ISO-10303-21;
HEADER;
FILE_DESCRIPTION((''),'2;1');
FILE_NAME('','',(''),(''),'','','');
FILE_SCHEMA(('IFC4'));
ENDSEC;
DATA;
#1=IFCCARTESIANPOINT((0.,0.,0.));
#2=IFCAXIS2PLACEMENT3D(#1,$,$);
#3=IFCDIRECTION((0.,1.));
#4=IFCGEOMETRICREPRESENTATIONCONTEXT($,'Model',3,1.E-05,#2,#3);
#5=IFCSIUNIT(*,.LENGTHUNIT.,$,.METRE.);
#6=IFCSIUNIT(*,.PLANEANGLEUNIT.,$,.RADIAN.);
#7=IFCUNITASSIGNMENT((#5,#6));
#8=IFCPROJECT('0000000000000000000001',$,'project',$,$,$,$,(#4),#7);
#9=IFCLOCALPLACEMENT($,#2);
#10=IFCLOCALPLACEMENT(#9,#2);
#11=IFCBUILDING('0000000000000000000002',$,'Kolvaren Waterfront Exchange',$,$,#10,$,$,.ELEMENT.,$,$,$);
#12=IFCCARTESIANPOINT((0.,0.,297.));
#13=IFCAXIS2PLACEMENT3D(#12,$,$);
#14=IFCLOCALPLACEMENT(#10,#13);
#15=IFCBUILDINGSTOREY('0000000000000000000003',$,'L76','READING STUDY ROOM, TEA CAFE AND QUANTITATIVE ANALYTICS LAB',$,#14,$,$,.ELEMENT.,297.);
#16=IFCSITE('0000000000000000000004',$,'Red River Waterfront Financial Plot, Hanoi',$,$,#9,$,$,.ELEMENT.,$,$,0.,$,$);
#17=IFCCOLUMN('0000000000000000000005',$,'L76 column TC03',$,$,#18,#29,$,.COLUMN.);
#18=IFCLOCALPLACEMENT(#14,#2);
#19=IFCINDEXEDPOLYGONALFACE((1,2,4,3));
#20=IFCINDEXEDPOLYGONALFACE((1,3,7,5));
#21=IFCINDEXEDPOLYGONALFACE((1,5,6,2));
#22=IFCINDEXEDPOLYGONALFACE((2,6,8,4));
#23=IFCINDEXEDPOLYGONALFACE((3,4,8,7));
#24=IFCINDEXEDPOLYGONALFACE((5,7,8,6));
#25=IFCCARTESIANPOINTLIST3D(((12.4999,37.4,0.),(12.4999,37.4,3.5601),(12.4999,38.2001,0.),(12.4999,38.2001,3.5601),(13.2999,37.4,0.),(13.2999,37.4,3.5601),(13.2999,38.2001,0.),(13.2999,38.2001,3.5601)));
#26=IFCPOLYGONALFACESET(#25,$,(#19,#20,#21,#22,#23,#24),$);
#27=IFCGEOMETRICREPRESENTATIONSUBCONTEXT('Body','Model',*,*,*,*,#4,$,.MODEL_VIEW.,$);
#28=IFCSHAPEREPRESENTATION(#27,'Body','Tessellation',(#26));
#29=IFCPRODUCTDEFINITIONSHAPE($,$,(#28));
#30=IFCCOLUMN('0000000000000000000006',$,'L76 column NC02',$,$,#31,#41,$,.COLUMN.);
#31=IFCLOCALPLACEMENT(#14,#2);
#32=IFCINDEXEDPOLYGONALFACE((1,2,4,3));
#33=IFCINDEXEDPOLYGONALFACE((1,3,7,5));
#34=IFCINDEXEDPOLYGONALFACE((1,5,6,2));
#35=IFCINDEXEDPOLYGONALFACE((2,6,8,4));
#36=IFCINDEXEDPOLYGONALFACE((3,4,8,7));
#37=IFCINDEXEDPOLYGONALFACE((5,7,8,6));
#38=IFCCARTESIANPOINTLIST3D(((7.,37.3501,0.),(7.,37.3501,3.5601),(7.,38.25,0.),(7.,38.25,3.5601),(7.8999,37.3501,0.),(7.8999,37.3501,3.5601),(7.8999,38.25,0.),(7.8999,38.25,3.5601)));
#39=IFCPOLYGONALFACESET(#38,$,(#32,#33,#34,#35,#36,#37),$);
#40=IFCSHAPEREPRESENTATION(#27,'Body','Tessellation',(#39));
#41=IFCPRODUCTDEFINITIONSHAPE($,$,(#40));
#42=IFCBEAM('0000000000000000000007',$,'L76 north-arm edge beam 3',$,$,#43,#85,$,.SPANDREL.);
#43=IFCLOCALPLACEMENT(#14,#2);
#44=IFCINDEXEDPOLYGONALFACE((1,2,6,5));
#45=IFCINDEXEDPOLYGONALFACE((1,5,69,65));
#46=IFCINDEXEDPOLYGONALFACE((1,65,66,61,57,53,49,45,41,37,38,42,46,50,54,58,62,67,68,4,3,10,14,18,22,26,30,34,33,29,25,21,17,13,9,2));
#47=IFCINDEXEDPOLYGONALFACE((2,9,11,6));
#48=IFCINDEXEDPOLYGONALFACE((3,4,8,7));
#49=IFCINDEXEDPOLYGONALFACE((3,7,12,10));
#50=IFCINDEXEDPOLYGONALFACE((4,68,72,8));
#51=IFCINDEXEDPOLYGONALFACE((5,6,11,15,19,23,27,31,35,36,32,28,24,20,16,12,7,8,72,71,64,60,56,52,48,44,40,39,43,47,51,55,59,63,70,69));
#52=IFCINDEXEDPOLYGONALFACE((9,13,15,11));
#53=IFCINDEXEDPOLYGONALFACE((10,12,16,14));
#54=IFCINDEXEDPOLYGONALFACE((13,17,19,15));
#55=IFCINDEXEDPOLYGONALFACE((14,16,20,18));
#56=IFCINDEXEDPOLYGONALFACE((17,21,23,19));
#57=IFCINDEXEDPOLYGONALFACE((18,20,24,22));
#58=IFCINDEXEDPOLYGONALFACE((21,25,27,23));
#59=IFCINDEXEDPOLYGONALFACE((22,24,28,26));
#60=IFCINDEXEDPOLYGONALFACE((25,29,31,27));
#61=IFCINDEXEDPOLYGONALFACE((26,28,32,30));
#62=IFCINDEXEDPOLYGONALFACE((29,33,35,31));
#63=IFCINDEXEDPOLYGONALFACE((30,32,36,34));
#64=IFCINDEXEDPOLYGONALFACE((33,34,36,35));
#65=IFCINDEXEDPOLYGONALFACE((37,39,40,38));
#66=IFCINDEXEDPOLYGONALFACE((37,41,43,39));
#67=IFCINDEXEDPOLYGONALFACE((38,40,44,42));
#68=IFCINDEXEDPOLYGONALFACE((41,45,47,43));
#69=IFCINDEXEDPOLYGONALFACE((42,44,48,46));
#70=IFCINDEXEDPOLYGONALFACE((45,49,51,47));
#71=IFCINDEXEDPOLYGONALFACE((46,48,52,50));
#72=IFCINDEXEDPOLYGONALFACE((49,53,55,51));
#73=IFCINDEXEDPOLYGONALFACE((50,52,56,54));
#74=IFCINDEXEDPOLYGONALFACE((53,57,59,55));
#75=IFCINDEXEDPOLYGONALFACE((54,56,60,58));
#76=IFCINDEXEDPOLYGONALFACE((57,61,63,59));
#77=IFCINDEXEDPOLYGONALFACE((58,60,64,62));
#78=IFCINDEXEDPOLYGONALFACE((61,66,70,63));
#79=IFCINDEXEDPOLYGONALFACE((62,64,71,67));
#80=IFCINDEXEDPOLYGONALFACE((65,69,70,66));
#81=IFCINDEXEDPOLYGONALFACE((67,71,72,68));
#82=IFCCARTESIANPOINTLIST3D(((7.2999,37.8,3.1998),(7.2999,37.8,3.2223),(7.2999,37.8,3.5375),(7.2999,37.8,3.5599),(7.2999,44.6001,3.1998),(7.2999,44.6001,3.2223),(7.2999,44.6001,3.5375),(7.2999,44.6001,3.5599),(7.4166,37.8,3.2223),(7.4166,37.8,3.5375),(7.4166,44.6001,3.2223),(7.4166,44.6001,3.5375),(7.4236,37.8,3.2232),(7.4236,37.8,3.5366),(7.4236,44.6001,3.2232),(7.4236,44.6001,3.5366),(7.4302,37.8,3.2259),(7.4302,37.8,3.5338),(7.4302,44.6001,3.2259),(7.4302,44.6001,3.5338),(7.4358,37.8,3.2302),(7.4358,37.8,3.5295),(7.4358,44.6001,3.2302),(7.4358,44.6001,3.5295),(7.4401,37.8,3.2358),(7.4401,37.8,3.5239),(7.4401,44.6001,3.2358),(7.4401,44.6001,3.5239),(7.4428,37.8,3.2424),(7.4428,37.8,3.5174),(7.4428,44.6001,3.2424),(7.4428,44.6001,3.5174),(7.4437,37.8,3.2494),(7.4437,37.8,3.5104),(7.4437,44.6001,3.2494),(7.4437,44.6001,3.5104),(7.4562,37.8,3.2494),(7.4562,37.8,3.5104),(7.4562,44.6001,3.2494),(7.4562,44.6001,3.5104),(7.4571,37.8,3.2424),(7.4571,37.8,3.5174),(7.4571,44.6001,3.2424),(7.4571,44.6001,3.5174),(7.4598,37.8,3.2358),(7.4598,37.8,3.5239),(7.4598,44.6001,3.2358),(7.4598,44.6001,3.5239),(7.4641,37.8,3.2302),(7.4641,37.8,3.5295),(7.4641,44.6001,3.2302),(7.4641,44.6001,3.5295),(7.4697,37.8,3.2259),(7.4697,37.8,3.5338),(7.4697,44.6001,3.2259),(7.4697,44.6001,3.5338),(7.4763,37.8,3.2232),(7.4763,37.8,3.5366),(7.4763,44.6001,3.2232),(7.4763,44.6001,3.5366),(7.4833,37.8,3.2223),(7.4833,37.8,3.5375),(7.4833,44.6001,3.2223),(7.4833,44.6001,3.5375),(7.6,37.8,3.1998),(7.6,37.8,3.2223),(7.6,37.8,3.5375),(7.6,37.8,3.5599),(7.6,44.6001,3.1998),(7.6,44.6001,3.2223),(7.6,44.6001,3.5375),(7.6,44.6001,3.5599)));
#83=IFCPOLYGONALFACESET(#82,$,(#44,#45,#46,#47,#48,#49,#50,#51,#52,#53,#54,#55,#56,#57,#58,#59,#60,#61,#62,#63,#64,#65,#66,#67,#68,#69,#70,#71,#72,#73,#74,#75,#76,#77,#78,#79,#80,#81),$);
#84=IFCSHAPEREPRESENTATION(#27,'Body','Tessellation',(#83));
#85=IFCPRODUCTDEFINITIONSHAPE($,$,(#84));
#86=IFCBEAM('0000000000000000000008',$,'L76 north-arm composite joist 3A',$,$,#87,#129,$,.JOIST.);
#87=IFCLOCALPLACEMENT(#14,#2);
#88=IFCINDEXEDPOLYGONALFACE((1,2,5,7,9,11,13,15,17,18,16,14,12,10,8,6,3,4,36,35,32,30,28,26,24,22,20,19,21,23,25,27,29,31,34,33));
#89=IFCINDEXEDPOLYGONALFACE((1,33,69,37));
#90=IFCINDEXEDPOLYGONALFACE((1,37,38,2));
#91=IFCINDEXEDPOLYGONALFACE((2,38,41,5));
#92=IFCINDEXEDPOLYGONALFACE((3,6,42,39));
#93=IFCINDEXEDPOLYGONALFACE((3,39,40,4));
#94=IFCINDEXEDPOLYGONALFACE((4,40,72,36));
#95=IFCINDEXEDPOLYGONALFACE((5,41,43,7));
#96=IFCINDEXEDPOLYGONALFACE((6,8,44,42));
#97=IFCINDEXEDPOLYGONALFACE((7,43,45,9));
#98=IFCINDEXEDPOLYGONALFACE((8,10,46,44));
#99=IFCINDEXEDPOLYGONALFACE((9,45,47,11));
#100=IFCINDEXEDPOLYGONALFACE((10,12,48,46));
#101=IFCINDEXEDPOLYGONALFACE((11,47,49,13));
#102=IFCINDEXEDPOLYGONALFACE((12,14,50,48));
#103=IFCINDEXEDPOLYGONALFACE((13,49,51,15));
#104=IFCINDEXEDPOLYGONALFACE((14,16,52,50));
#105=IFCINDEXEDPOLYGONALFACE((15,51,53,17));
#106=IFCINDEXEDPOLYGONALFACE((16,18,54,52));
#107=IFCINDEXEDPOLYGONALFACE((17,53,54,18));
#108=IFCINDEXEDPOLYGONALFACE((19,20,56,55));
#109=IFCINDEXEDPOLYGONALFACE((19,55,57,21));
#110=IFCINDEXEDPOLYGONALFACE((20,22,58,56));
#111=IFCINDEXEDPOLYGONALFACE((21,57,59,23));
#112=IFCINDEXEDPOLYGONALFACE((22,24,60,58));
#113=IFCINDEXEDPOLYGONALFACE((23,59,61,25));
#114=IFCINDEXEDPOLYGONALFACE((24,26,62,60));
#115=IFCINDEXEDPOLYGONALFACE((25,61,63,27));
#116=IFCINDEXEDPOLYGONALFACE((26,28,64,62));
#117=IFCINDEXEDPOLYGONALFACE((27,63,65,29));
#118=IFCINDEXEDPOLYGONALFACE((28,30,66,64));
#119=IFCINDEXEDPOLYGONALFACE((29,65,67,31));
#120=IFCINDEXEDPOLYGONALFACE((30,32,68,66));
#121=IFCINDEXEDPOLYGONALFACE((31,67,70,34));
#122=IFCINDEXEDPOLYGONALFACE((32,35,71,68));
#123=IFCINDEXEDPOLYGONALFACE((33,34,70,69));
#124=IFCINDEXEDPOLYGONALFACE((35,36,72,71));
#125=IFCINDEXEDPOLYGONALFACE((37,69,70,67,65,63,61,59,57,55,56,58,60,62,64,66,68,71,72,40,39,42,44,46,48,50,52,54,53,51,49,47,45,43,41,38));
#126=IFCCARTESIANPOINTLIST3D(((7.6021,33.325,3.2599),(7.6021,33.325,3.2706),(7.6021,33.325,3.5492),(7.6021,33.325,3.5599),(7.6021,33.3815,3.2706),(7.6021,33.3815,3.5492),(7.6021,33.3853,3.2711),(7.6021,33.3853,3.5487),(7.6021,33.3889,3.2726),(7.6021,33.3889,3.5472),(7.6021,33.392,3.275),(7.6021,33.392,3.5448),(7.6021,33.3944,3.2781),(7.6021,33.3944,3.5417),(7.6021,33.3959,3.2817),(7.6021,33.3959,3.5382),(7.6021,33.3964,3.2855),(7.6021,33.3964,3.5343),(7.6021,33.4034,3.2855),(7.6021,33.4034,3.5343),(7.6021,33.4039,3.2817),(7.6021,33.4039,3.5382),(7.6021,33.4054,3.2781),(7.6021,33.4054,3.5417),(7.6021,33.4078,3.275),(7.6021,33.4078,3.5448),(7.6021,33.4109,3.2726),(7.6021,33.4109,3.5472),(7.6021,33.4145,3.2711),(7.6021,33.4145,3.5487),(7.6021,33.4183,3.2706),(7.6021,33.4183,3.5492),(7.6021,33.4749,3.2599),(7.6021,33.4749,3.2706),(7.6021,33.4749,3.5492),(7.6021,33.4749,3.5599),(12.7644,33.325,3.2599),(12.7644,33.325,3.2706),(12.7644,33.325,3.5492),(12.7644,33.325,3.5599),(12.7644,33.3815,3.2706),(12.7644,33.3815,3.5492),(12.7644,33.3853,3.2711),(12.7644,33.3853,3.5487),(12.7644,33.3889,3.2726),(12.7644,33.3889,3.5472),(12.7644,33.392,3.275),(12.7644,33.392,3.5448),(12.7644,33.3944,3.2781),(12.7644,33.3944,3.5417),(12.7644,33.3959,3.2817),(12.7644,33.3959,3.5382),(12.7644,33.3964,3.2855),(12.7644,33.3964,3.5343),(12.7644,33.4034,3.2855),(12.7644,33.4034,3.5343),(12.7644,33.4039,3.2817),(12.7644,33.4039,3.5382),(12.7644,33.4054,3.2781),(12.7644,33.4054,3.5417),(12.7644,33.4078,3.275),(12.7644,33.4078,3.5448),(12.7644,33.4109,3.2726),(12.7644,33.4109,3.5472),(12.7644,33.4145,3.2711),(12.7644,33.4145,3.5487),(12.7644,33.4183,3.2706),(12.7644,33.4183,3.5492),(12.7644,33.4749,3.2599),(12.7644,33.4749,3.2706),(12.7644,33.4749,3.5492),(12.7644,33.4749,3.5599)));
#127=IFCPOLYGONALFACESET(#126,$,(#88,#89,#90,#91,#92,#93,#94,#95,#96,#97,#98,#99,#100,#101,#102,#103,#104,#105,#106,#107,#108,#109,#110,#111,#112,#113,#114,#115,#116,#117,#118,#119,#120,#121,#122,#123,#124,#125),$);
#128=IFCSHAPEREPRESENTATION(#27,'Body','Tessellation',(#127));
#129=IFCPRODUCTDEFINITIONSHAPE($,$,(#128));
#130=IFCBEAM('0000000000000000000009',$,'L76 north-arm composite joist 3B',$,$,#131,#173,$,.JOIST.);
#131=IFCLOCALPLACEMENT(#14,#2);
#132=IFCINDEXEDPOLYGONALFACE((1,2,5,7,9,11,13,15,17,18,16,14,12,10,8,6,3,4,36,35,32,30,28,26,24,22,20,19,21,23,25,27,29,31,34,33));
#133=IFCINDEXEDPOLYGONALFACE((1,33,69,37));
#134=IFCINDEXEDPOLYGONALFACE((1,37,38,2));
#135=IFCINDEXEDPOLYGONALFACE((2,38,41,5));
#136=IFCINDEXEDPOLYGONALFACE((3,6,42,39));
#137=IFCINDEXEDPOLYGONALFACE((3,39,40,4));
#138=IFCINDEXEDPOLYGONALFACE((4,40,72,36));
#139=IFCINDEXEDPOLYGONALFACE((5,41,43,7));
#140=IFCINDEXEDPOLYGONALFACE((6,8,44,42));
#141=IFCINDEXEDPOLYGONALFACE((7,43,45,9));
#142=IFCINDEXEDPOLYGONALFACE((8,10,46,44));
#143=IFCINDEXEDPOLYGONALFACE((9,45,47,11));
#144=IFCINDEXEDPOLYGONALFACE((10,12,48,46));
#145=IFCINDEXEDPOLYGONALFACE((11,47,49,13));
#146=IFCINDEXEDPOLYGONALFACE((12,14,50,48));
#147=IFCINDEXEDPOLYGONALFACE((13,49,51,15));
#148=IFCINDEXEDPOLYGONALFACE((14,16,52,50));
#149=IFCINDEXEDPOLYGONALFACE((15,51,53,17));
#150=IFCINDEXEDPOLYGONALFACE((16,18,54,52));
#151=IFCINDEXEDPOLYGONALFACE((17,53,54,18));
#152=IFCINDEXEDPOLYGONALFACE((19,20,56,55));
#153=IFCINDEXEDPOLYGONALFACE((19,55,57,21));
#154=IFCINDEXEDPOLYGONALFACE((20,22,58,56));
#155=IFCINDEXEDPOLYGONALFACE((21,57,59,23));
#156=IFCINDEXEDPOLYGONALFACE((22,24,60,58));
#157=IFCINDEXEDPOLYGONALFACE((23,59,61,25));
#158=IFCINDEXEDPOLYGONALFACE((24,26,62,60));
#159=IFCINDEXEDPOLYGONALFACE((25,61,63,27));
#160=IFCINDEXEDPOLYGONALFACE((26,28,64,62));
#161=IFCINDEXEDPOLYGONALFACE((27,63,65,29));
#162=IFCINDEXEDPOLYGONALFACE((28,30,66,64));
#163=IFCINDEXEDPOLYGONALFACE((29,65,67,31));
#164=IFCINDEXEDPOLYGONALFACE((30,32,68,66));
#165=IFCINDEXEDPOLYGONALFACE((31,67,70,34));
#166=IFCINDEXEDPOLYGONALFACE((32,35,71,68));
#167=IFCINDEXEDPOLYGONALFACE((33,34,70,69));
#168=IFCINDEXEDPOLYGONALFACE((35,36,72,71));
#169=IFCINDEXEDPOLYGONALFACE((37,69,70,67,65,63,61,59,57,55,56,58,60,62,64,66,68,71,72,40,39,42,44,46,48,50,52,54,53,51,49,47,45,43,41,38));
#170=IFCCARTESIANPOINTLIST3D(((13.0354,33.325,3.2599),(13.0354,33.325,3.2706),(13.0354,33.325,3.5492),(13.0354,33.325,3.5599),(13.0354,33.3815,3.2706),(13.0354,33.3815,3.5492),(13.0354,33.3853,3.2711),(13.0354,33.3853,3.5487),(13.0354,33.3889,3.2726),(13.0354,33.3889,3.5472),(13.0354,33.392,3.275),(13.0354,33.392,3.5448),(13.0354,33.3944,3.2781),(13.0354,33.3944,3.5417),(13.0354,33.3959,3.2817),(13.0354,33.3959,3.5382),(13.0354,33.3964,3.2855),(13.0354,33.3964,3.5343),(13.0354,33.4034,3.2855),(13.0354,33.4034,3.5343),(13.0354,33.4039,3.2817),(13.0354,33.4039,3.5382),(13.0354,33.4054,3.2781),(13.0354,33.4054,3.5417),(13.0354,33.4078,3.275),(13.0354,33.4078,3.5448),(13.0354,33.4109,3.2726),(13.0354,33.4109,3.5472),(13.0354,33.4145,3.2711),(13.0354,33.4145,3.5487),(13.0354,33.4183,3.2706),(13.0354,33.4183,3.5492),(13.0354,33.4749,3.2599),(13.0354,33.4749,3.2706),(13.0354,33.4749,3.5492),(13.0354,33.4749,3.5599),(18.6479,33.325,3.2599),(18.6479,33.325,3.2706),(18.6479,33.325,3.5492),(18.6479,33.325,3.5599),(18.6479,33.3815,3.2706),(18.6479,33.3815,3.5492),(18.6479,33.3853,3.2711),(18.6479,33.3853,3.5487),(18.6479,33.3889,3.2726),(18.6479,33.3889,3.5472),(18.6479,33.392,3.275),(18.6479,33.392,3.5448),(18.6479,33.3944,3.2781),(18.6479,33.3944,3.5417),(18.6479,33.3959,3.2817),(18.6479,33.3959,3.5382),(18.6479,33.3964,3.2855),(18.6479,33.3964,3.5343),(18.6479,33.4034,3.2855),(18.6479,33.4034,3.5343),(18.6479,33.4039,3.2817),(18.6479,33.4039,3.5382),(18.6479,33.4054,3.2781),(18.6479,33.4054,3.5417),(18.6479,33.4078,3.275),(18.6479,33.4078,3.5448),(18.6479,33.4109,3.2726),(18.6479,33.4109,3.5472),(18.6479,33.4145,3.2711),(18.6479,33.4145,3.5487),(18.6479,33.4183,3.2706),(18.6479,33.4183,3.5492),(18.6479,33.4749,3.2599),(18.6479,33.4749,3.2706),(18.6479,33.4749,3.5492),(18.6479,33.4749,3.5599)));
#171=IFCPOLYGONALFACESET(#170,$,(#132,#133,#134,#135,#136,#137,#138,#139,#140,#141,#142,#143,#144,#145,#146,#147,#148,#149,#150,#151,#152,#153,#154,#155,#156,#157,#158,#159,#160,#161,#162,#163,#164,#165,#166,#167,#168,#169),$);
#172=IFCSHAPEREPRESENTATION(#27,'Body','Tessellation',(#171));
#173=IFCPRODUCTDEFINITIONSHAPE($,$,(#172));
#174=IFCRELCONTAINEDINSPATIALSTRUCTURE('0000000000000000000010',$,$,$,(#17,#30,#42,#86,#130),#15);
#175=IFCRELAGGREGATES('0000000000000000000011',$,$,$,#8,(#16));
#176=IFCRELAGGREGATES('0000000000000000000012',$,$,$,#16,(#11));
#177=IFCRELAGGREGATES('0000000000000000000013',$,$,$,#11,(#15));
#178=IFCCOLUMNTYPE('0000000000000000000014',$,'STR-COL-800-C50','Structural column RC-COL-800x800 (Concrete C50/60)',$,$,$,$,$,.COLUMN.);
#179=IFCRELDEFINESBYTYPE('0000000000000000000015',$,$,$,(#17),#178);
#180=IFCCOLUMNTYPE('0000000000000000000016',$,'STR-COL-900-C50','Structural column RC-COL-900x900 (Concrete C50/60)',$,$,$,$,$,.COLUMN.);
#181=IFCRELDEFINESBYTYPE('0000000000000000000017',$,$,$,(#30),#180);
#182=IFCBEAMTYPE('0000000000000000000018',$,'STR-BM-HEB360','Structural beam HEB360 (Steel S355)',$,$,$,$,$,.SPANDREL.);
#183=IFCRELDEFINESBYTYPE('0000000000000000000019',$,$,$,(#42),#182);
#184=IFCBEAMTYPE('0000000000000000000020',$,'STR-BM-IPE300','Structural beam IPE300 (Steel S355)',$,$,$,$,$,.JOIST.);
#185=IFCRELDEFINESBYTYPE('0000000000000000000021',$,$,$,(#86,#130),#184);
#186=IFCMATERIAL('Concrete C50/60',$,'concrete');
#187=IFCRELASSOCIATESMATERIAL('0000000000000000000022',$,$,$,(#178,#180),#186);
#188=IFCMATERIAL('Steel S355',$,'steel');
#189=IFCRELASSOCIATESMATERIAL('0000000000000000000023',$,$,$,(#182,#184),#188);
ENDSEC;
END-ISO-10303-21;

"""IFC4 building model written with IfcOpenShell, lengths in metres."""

from ifc_helpers import new_model, si_unit, direction, frame, origin, origin_2d, place, context, subcontext, project, spatial, rectangle, i_section, extrude, material, material_profile, profile_set, type_object, element, save


model = new_model("IFC4")

# Units and contexts
model_context = context("Model", 3, precision=1e-05, world=origin(), true_north=direction((0.0, 1.0)))
body_context = subcontext(model_context, "Body", "Model", "MODEL_VIEW")
ifc_project = project(units=[si_unit("LENGTHUNIT", "METRE"), si_unit("PLANEANGLEUNIT", "RADIAN")], contexts=[model_context])

# Site, building, storey
site_placement = place(None, origin())
site = spatial("IfcSite", under=ifc_project, at=site_placement, Name="Red River Waterfront Financial Plot, Hanoi", CompositionType="ELEMENT", RefElevation=0.0)
building_placement = place(site_placement, origin())
building = spatial("IfcBuilding", under=site, at=building_placement, Name="Kolvaren Waterfront Exchange", CompositionType="ELEMENT")
storey_placement = place(building_placement, frame((0.0, 0.0, 297.0)))
storey = spatial("IfcBuildingStorey", under=building, at=storey_placement, Name="L76", Description="READING STUDY ROOM, TEA CAFE AND QUANTITATIVE ANALYTICS LAB", CompositionType="ELEMENT", Elevation=297.0)

# Columns
ifc_material_1 = material(Name="Concrete C50/60", Category="concrete")
ifc_material_profile_1 = material_profile(ifc_material_1, rectangle(XDim=0.8, YDim=0.8, at=origin_2d()), Name="RC-COL-800x800")
ifc_profile_set_1 = profile_set([ifc_material_profile_1], Name="Concrete C50/60")
column_type_1 = type_object("IfcColumnType", Name="STR-COL-800-C50", Description="Structural column RC-COL-800x800 (Concrete C50/60)", PredefinedType="COLUMN", material=ifc_profile_set_1)
column_1_placement = place(storey_placement, frame((12.8999, 37.8, 0.0), z_axis=(0.0, 0.0, 1.0), x_axis=(1.0, 0.0, 0.0)))
element("IfcColumn", 1, at=column_1_placement, inside=storey, type_object=column_type_1, Name="L76 column TC03", PredefinedType="COLUMN", context=body_context, shape_type="SweptSolid", body=[
    extrude(rectangle(XDim=0.8, YDim=0.8, at=origin_2d()), origin(), (0.0, 0.0, 1.0), 3.5601),
])
ifc_material_profile_2 = material_profile(ifc_material_1, rectangle(XDim=0.8999, YDim=0.8999, at=origin_2d()), Name="RC-COL-900x900")
ifc_profile_set_2 = profile_set([ifc_material_profile_2], Name="Concrete C50/60")
column_type_2 = type_object("IfcColumnType", Name="STR-COL-900-C50", Description="Structural column RC-COL-900x900 (Concrete C50/60)", PredefinedType="COLUMN", material=ifc_profile_set_2)
column_2_placement = place(storey_placement, frame((7.45, 37.8, 0.0), z_axis=(0.0, 0.0, 1.0), x_axis=(1.0, 0.0, 0.0)))
element("IfcColumn", 2, at=column_2_placement, inside=storey, type_object=column_type_2, Name="L76 column NC02", PredefinedType="COLUMN", context=body_context, shape_type="SweptSolid", body=[
    extrude(rectangle(XDim=0.8999, YDim=0.8999, at=origin_2d()), origin(), (0.0, 0.0, 1.0), 3.5601),
])

# Beams
ifc_material_2 = material(Name="Steel S355", Category="steel")
ifc_material_profile_3 = material_profile(ifc_material_2, i_section(OverallWidth=0.3, OverallDepth=0.3601, WebThickness=0.0125, FlangeThickness=0.0225, FilletRadius=0.0271, at=origin_2d()), Name="HEB360")
ifc_profile_set_3 = profile_set([ifc_material_profile_3], Name="Steel S355")
beam_type_1 = type_object("IfcBeamType", Name="STR-BM-HEB360", Description="Structural beam HEB360 (Steel S355)", PredefinedType="SPANDREL", material=ifc_profile_set_3)
beam_1_placement = place(storey_placement, frame((7.45, 37.8, 3.3799), z_axis=(0.0, 1.0, 0.0), x_axis=(-1.0, 0.0, 0.0)))
element("IfcBeam", 3, at=beam_1_placement, inside=storey, type_object=beam_type_1, Name="L76 north-arm edge beam 3", PredefinedType="SPANDREL", context=body_context, shape_type="SweptSolid", body=[
    extrude(i_section(OverallWidth=0.3, OverallDepth=0.3601, WebThickness=0.0125, FlangeThickness=0.0225, FilletRadius=0.0271, at=origin_2d()), origin(), (0.0, 0.0, 1.0), 6.8),
])
ifc_material_profile_4 = material_profile(ifc_material_2, i_section(OverallWidth=0.1499, OverallDepth=0.3, WebThickness=0.0071, FlangeThickness=0.0107, FilletRadius=0.0149, at=origin_2d()), Name="IPE300")
ifc_profile_set_4 = profile_set([ifc_material_profile_4], Name="Steel S355")
beam_type_2 = type_object("IfcBeamType", Name="STR-BM-IPE300", Description="Structural beam IPE300 (Steel S355)", PredefinedType="JOIST", material=ifc_profile_set_4)
beam_2_placement = place(storey_placement, frame((7.6021, 33.3999, 3.4099), z_axis=(1.0, 0.0, 0.0), x_axis=(0.0, 1.0, 0.0)))
element("IfcBeam", 4, at=beam_2_placement, inside=storey, type_object=beam_type_2, Name="L76 north-arm composite joist 3A", PredefinedType="JOIST", context=body_context, shape_type="SweptSolid", body=[
    extrude(i_section(OverallWidth=0.1499, OverallDepth=0.3, WebThickness=0.0071, FlangeThickness=0.0107, FilletRadius=0.0149, at=origin_2d()), origin(), (0.0, 0.0, 1.0), 5.1624),
])
beam_3_placement = place(storey_placement, frame((13.0354, 33.3999, 3.4099), z_axis=(1.0, 0.0, 0.0), x_axis=(0.0, 1.0, 0.0)))
element("IfcBeam", 5, at=beam_3_placement, inside=storey, type_object=beam_type_2, Name="L76 north-arm composite joist 3B", PredefinedType="JOIST", context=body_context, shape_type="SweptSolid", body=[
    extrude(i_section(OverallWidth=0.1499, OverallDepth=0.3, WebThickness=0.0071, FlangeThickness=0.0107, FilletRadius=0.0149, at=origin_2d()), origin(), (0.0, 0.0, 1.0), 5.6125),
])

save(model, "model.ifc")
